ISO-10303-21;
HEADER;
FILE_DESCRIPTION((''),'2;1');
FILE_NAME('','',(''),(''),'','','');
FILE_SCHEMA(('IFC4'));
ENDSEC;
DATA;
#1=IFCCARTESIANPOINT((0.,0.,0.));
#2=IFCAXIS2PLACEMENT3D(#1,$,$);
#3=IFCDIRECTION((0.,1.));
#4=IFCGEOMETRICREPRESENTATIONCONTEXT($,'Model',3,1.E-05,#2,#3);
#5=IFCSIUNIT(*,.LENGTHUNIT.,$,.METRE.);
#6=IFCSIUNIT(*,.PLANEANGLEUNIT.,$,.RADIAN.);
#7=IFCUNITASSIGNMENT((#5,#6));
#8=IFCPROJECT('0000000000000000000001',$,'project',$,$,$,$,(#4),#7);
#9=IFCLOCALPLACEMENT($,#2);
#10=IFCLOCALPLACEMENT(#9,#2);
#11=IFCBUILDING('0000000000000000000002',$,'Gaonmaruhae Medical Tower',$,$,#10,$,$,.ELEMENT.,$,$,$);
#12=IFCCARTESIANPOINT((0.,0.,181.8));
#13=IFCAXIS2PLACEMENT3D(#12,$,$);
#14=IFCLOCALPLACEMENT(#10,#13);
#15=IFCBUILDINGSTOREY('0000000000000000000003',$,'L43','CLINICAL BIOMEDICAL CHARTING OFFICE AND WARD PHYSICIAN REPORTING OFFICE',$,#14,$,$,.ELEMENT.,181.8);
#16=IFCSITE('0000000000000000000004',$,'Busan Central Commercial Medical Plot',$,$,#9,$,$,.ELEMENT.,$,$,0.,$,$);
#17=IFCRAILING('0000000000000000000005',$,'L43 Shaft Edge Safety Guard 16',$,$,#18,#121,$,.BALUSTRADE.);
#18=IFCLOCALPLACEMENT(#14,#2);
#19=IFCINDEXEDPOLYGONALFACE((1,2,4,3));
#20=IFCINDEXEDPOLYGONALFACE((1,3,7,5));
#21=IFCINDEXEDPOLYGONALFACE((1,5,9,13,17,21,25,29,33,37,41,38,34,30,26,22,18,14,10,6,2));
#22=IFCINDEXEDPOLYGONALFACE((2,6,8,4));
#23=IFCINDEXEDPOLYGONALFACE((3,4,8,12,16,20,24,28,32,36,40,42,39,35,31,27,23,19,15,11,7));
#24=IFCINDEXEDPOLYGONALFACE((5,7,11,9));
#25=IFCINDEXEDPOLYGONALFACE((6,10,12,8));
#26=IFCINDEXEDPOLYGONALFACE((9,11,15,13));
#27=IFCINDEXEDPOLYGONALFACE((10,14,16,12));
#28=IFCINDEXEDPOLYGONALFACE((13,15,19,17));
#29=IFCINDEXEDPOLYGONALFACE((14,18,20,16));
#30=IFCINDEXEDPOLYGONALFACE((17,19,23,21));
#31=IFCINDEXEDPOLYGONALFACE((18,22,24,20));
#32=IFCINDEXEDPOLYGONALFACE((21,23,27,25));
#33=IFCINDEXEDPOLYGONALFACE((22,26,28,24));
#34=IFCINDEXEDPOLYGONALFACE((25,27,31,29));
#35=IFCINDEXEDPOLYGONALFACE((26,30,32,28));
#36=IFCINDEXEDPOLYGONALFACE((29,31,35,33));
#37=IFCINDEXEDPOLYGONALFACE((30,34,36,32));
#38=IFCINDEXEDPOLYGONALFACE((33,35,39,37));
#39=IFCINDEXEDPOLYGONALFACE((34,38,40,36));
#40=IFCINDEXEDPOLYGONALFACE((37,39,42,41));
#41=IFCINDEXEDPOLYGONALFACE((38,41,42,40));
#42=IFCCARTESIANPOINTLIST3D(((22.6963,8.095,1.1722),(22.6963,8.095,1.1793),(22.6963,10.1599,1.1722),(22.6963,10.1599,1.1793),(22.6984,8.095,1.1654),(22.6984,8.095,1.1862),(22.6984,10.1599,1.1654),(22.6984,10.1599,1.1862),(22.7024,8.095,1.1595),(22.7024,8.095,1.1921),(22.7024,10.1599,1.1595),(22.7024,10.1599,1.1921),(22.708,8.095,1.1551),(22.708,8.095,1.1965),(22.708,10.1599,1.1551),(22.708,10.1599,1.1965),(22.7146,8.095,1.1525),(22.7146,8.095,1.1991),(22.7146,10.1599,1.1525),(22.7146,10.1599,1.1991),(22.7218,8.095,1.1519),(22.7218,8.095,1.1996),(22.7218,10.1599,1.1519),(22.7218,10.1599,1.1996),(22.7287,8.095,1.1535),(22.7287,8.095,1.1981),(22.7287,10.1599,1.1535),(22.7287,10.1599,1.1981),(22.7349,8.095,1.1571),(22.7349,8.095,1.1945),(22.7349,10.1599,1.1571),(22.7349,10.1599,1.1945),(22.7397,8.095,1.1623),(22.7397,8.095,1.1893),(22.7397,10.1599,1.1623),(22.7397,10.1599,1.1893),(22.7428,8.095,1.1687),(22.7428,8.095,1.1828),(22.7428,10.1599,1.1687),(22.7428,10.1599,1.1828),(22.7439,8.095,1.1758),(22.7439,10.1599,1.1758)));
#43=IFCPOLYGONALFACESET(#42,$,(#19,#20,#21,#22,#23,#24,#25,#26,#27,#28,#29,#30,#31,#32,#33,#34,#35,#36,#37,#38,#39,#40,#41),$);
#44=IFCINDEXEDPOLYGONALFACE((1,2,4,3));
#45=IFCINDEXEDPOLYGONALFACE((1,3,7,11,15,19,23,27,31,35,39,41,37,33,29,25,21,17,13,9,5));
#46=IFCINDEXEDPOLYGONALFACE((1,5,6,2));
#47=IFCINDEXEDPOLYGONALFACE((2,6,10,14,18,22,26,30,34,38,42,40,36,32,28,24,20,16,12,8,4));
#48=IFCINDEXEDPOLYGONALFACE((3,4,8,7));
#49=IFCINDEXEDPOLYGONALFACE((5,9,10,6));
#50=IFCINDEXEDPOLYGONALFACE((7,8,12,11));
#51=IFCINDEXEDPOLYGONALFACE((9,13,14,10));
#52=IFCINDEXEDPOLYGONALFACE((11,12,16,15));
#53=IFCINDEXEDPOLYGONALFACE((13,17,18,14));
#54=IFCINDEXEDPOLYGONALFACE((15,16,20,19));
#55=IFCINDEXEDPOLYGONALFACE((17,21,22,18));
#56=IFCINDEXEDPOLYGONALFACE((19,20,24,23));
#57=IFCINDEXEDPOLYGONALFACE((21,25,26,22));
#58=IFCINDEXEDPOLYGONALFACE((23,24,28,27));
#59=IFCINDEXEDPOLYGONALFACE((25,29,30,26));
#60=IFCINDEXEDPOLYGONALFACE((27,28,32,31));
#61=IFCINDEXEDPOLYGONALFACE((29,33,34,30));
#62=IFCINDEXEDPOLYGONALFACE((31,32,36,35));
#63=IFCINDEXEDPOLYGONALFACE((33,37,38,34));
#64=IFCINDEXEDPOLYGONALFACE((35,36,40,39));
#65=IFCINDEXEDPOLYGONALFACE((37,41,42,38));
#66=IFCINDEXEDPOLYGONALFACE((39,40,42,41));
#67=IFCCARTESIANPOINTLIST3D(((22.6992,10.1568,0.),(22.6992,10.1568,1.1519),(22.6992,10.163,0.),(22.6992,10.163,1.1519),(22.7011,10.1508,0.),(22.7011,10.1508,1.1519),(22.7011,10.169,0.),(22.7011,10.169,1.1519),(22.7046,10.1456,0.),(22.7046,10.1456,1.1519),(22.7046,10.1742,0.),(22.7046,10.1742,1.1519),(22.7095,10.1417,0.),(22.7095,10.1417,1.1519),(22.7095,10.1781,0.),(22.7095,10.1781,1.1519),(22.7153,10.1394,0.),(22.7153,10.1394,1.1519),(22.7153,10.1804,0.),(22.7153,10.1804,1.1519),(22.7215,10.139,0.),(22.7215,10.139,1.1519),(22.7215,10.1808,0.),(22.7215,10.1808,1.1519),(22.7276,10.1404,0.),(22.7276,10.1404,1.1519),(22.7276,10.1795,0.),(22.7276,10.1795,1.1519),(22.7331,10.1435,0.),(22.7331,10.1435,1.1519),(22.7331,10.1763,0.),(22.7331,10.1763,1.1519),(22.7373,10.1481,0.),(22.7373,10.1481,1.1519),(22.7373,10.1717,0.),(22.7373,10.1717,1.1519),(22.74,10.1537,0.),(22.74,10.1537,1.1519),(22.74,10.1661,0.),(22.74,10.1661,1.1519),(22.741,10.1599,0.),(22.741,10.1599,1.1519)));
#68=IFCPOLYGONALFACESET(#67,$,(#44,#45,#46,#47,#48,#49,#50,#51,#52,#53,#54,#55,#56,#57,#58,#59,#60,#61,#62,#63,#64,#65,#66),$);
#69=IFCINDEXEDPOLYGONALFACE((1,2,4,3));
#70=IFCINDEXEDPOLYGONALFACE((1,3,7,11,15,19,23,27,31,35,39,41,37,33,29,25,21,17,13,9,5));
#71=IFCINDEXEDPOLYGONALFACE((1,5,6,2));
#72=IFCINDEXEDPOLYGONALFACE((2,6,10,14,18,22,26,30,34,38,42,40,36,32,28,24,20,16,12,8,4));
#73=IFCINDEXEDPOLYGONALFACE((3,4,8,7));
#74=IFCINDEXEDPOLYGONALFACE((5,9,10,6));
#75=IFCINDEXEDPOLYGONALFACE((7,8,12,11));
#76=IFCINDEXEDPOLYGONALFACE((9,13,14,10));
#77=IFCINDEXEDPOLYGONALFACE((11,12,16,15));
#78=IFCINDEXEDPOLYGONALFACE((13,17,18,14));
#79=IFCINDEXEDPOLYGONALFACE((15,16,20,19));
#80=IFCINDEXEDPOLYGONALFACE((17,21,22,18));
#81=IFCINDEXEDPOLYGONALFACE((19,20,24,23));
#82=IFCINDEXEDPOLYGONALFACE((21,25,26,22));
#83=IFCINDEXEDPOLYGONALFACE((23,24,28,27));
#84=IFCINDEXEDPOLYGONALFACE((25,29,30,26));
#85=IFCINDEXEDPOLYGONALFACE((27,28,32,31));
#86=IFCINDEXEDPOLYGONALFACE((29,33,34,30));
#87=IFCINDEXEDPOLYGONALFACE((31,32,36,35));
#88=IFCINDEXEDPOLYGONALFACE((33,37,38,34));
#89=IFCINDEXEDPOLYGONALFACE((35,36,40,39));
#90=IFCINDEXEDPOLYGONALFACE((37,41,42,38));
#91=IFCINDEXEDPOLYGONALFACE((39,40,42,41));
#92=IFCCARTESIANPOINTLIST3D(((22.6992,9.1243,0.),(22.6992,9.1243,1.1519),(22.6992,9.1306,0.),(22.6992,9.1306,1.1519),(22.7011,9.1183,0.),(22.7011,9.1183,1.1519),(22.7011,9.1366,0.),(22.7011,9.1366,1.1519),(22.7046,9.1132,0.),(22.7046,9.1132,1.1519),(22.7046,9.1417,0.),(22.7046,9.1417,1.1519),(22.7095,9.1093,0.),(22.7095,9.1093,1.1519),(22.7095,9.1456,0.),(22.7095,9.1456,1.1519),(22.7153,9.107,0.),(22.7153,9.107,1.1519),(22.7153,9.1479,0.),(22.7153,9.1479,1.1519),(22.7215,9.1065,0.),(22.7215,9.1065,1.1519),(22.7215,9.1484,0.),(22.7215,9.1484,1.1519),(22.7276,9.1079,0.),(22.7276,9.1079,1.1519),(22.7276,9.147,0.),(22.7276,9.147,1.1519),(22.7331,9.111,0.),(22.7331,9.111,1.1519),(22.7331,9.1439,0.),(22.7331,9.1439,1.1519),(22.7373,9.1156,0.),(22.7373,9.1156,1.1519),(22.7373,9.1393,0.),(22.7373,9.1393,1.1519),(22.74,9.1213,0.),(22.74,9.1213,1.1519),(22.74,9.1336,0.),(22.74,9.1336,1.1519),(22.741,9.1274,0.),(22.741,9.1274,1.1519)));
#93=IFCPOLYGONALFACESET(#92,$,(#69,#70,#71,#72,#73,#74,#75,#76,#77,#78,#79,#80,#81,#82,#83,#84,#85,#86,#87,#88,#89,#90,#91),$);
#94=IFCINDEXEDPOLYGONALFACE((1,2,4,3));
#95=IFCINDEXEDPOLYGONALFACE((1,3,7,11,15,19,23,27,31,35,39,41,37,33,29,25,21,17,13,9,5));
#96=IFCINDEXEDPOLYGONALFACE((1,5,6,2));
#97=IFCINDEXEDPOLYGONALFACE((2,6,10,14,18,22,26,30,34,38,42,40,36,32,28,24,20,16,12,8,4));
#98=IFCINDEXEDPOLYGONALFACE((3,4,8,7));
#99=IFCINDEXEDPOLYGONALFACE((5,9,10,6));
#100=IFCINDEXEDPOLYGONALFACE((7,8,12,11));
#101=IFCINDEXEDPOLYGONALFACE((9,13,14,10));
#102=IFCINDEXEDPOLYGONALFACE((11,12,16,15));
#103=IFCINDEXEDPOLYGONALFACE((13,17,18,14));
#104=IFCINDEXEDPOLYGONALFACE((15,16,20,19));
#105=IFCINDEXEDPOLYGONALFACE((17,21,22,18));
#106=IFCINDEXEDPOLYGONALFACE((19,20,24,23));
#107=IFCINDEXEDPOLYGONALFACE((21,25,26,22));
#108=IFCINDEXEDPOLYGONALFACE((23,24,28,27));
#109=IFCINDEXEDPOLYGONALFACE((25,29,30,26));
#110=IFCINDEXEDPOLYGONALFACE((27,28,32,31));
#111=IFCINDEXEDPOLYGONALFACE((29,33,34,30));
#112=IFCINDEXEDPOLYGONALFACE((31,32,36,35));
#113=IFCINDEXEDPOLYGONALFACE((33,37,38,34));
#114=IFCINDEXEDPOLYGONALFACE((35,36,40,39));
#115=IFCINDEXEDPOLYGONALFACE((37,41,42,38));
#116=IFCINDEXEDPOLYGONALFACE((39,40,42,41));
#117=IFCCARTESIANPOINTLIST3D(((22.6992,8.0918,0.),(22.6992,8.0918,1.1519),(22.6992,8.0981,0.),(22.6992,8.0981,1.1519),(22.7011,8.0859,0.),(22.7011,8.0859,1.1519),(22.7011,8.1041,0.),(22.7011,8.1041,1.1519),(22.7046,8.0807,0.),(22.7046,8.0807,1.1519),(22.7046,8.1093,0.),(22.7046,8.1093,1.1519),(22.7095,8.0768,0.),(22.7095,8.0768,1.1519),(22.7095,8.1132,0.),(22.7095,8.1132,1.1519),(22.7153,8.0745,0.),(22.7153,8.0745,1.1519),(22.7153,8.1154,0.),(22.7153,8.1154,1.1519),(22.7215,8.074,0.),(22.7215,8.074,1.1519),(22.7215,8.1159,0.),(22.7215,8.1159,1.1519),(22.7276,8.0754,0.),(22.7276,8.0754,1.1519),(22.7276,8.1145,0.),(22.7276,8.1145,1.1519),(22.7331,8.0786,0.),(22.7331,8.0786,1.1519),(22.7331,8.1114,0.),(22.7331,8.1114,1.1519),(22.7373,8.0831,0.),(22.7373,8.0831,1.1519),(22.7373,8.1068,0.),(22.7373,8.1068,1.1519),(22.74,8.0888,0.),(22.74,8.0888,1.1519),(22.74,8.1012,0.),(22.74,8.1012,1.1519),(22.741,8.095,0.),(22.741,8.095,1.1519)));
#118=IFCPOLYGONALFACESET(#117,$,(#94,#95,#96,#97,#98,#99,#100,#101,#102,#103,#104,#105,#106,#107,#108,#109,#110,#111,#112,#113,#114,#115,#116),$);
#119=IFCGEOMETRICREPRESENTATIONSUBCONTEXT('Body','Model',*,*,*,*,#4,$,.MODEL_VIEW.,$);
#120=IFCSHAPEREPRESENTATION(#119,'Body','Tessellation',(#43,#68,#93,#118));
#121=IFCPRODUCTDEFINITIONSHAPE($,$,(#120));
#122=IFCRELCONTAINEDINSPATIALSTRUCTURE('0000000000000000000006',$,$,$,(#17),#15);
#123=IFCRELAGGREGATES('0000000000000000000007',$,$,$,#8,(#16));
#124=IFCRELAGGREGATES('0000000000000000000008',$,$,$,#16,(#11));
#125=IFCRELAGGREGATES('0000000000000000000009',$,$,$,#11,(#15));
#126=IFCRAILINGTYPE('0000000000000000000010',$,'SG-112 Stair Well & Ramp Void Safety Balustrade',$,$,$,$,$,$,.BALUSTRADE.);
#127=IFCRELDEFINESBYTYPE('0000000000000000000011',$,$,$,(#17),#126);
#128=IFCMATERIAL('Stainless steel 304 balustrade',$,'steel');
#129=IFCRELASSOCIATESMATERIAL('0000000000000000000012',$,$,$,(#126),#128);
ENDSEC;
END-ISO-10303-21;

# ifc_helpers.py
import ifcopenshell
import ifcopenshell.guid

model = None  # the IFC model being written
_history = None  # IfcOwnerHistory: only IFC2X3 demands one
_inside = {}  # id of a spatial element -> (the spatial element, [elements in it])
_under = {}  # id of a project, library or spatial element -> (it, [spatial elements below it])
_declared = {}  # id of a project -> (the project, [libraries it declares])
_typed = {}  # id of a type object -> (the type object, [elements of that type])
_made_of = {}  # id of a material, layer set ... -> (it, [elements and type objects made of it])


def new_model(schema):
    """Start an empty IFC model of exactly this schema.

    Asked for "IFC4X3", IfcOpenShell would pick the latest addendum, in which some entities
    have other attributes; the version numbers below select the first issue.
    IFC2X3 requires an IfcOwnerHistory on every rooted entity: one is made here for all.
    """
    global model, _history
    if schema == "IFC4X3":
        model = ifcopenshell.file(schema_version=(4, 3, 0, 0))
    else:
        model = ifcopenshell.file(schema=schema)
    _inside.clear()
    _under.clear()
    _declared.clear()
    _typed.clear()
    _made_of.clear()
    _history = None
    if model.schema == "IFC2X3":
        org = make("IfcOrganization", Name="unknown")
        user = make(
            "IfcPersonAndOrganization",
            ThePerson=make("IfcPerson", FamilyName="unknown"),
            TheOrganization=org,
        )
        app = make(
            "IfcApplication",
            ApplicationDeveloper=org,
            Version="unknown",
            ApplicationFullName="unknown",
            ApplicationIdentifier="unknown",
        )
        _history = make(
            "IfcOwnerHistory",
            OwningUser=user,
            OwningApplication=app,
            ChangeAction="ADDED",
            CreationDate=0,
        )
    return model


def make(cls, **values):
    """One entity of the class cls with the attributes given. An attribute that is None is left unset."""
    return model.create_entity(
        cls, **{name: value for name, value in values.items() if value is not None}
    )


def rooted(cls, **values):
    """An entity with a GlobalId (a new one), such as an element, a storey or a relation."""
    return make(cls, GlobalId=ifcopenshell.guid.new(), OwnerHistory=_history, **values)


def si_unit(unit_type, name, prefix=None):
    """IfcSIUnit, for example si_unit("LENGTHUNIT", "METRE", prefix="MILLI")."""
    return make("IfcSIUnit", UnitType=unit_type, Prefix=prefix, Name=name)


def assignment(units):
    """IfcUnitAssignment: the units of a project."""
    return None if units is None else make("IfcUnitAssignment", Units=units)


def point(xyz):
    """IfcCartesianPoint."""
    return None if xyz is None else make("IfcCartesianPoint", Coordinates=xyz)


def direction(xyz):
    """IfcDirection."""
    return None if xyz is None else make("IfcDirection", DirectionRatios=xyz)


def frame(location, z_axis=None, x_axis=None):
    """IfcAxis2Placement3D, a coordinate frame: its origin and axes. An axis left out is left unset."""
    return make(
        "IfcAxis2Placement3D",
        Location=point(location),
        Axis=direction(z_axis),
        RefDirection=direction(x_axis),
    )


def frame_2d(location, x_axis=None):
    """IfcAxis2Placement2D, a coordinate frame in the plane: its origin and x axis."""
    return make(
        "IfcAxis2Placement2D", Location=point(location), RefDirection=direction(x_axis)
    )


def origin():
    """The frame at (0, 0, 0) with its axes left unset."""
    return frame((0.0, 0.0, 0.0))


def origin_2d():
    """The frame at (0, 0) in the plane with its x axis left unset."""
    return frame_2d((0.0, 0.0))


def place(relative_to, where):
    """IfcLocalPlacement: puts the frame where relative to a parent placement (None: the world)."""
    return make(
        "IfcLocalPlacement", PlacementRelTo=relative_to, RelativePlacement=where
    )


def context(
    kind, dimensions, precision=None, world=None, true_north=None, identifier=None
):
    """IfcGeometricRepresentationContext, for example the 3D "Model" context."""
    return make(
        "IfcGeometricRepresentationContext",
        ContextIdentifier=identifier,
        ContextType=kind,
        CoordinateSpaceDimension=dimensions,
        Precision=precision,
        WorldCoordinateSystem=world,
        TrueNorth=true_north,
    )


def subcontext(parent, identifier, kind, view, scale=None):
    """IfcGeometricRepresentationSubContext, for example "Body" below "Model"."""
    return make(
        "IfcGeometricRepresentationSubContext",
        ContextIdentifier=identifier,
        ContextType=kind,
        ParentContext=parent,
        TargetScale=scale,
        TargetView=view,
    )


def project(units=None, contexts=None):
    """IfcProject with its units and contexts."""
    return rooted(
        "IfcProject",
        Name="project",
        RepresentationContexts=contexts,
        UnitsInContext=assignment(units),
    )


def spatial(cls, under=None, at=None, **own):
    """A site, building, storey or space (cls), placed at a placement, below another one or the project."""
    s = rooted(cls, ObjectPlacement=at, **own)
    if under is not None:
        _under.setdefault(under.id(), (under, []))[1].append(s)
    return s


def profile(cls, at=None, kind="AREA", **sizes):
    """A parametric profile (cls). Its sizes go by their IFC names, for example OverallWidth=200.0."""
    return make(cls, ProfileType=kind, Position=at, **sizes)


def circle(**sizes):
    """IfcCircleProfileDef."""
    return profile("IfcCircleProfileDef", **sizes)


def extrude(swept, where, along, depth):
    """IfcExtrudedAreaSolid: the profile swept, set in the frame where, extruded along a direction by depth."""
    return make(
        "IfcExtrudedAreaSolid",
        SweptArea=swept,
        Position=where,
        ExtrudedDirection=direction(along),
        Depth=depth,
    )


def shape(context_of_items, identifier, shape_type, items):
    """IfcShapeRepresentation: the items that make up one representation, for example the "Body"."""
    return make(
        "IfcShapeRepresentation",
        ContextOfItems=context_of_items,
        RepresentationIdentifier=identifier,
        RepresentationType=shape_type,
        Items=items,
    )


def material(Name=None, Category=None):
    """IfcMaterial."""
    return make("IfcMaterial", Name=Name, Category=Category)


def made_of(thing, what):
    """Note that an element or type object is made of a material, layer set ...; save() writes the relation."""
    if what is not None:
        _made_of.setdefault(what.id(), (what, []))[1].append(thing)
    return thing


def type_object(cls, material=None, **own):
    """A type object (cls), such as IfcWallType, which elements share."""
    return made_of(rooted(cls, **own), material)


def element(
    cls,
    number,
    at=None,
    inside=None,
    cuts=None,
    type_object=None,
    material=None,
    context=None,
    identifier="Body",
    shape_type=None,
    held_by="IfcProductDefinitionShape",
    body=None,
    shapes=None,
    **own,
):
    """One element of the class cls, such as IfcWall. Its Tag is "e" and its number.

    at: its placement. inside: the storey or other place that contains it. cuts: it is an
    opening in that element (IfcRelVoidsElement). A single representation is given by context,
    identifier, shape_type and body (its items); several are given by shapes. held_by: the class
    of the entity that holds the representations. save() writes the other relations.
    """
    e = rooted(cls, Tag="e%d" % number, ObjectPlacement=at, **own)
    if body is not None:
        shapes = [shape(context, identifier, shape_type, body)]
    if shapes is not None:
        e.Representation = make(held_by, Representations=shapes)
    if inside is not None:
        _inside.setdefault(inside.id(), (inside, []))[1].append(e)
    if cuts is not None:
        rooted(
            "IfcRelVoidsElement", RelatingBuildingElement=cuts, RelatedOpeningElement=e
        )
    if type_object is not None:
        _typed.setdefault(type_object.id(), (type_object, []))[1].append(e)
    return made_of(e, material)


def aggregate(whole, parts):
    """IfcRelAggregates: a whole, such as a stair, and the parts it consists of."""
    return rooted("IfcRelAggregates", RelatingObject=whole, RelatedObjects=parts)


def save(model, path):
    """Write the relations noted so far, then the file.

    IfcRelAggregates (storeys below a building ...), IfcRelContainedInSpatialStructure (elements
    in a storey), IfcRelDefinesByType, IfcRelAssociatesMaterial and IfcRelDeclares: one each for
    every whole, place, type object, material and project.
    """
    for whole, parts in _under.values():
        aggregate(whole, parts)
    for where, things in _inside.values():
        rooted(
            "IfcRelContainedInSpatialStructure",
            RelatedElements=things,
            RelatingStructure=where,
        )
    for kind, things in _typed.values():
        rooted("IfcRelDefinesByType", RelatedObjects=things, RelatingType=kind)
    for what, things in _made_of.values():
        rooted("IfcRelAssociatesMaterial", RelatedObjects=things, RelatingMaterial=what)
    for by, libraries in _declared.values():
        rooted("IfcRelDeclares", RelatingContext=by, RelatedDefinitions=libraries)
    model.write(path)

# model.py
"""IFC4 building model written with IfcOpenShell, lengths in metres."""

from ifc_helpers import new_model, si_unit, direction, frame, origin, origin_2d, place, context, subcontext, project, spatial, circle, extrude, material, type_object, element, save


model = new_model("IFC4")

# Units and contexts
model_context = context("Model", 3, precision=1e-05, world=origin(), true_north=direction((0.0, 1.0)))
body_context = subcontext(model_context, "Body", "Model", "MODEL_VIEW")
ifc_project = project(units=[si_unit("LENGTHUNIT", "METRE"), si_unit("PLANEANGLEUNIT", "RADIAN")], contexts=[model_context])

# Site, building, storey
site_placement = place(None, origin())
site = spatial("IfcSite", under=ifc_project, at=site_placement, Name="Busan Central Commercial Medical Plot", CompositionType="ELEMENT", RefElevation=0.0)
building_placement = place(site_placement, origin())
building = spatial("IfcBuilding", under=site, at=building_placement, Name="Gaonmaruhae Medical Tower", CompositionType="ELEMENT")
storey_placement = place(building_placement, frame((0.0, 0.0, 181.8)))
storey = spatial("IfcBuildingStorey", under=building, at=storey_placement, Name="L43", Description="CLINICAL BIOMEDICAL CHARTING OFFICE AND WARD PHYSICIAN REPORTING OFFICE", CompositionType="ELEMENT", Elevation=181.8)

# Railing
ifc_material_1 = material(Name="Stainless steel 304 balustrade", Category="steel")
railing_type_1 = type_object("IfcRailingType", Name="SG-112 Stair Well & Ramp Void Safety Balustrade", PredefinedType="BALUSTRADE", material=ifc_material_1)
railing_1_placement = place(storey_placement, frame((22.72, 10.1599, 0.0)))
element("IfcRailing", 1, at=railing_1_placement, inside=storey, type_object=railing_type_1, Name="L43 Shaft Edge Safety Guard 16", PredefinedType="BALUSTRADE", context=body_context, shape_type="SweptSolid", body=[
    extrude(circle(Radius=0.0239, at=origin_2d()), frame((0.0, 0.0, 1.1758), z_axis=(0.0, -1.0, 0.0), x_axis=(1.0, 0.0, 0.0)), (0.0, 0.0, 1.0), 2.0649),
    extrude(circle(Radius=0.021, at=origin_2d()), origin(), (0.0, 0.0, 1.0), 1.1519),
    extrude(circle(Radius=0.021, at=origin_2d()), frame((0.0, -1.0325, 0.0)), (0.0, 0.0, 1.0), 1.1519),
    extrude(circle(Radius=0.021, at=origin_2d()), frame((0.0, -2.0649, 0.0)), (0.0, 0.0, 1.0), 1.1519),
])

save(model, "model.ifc")
